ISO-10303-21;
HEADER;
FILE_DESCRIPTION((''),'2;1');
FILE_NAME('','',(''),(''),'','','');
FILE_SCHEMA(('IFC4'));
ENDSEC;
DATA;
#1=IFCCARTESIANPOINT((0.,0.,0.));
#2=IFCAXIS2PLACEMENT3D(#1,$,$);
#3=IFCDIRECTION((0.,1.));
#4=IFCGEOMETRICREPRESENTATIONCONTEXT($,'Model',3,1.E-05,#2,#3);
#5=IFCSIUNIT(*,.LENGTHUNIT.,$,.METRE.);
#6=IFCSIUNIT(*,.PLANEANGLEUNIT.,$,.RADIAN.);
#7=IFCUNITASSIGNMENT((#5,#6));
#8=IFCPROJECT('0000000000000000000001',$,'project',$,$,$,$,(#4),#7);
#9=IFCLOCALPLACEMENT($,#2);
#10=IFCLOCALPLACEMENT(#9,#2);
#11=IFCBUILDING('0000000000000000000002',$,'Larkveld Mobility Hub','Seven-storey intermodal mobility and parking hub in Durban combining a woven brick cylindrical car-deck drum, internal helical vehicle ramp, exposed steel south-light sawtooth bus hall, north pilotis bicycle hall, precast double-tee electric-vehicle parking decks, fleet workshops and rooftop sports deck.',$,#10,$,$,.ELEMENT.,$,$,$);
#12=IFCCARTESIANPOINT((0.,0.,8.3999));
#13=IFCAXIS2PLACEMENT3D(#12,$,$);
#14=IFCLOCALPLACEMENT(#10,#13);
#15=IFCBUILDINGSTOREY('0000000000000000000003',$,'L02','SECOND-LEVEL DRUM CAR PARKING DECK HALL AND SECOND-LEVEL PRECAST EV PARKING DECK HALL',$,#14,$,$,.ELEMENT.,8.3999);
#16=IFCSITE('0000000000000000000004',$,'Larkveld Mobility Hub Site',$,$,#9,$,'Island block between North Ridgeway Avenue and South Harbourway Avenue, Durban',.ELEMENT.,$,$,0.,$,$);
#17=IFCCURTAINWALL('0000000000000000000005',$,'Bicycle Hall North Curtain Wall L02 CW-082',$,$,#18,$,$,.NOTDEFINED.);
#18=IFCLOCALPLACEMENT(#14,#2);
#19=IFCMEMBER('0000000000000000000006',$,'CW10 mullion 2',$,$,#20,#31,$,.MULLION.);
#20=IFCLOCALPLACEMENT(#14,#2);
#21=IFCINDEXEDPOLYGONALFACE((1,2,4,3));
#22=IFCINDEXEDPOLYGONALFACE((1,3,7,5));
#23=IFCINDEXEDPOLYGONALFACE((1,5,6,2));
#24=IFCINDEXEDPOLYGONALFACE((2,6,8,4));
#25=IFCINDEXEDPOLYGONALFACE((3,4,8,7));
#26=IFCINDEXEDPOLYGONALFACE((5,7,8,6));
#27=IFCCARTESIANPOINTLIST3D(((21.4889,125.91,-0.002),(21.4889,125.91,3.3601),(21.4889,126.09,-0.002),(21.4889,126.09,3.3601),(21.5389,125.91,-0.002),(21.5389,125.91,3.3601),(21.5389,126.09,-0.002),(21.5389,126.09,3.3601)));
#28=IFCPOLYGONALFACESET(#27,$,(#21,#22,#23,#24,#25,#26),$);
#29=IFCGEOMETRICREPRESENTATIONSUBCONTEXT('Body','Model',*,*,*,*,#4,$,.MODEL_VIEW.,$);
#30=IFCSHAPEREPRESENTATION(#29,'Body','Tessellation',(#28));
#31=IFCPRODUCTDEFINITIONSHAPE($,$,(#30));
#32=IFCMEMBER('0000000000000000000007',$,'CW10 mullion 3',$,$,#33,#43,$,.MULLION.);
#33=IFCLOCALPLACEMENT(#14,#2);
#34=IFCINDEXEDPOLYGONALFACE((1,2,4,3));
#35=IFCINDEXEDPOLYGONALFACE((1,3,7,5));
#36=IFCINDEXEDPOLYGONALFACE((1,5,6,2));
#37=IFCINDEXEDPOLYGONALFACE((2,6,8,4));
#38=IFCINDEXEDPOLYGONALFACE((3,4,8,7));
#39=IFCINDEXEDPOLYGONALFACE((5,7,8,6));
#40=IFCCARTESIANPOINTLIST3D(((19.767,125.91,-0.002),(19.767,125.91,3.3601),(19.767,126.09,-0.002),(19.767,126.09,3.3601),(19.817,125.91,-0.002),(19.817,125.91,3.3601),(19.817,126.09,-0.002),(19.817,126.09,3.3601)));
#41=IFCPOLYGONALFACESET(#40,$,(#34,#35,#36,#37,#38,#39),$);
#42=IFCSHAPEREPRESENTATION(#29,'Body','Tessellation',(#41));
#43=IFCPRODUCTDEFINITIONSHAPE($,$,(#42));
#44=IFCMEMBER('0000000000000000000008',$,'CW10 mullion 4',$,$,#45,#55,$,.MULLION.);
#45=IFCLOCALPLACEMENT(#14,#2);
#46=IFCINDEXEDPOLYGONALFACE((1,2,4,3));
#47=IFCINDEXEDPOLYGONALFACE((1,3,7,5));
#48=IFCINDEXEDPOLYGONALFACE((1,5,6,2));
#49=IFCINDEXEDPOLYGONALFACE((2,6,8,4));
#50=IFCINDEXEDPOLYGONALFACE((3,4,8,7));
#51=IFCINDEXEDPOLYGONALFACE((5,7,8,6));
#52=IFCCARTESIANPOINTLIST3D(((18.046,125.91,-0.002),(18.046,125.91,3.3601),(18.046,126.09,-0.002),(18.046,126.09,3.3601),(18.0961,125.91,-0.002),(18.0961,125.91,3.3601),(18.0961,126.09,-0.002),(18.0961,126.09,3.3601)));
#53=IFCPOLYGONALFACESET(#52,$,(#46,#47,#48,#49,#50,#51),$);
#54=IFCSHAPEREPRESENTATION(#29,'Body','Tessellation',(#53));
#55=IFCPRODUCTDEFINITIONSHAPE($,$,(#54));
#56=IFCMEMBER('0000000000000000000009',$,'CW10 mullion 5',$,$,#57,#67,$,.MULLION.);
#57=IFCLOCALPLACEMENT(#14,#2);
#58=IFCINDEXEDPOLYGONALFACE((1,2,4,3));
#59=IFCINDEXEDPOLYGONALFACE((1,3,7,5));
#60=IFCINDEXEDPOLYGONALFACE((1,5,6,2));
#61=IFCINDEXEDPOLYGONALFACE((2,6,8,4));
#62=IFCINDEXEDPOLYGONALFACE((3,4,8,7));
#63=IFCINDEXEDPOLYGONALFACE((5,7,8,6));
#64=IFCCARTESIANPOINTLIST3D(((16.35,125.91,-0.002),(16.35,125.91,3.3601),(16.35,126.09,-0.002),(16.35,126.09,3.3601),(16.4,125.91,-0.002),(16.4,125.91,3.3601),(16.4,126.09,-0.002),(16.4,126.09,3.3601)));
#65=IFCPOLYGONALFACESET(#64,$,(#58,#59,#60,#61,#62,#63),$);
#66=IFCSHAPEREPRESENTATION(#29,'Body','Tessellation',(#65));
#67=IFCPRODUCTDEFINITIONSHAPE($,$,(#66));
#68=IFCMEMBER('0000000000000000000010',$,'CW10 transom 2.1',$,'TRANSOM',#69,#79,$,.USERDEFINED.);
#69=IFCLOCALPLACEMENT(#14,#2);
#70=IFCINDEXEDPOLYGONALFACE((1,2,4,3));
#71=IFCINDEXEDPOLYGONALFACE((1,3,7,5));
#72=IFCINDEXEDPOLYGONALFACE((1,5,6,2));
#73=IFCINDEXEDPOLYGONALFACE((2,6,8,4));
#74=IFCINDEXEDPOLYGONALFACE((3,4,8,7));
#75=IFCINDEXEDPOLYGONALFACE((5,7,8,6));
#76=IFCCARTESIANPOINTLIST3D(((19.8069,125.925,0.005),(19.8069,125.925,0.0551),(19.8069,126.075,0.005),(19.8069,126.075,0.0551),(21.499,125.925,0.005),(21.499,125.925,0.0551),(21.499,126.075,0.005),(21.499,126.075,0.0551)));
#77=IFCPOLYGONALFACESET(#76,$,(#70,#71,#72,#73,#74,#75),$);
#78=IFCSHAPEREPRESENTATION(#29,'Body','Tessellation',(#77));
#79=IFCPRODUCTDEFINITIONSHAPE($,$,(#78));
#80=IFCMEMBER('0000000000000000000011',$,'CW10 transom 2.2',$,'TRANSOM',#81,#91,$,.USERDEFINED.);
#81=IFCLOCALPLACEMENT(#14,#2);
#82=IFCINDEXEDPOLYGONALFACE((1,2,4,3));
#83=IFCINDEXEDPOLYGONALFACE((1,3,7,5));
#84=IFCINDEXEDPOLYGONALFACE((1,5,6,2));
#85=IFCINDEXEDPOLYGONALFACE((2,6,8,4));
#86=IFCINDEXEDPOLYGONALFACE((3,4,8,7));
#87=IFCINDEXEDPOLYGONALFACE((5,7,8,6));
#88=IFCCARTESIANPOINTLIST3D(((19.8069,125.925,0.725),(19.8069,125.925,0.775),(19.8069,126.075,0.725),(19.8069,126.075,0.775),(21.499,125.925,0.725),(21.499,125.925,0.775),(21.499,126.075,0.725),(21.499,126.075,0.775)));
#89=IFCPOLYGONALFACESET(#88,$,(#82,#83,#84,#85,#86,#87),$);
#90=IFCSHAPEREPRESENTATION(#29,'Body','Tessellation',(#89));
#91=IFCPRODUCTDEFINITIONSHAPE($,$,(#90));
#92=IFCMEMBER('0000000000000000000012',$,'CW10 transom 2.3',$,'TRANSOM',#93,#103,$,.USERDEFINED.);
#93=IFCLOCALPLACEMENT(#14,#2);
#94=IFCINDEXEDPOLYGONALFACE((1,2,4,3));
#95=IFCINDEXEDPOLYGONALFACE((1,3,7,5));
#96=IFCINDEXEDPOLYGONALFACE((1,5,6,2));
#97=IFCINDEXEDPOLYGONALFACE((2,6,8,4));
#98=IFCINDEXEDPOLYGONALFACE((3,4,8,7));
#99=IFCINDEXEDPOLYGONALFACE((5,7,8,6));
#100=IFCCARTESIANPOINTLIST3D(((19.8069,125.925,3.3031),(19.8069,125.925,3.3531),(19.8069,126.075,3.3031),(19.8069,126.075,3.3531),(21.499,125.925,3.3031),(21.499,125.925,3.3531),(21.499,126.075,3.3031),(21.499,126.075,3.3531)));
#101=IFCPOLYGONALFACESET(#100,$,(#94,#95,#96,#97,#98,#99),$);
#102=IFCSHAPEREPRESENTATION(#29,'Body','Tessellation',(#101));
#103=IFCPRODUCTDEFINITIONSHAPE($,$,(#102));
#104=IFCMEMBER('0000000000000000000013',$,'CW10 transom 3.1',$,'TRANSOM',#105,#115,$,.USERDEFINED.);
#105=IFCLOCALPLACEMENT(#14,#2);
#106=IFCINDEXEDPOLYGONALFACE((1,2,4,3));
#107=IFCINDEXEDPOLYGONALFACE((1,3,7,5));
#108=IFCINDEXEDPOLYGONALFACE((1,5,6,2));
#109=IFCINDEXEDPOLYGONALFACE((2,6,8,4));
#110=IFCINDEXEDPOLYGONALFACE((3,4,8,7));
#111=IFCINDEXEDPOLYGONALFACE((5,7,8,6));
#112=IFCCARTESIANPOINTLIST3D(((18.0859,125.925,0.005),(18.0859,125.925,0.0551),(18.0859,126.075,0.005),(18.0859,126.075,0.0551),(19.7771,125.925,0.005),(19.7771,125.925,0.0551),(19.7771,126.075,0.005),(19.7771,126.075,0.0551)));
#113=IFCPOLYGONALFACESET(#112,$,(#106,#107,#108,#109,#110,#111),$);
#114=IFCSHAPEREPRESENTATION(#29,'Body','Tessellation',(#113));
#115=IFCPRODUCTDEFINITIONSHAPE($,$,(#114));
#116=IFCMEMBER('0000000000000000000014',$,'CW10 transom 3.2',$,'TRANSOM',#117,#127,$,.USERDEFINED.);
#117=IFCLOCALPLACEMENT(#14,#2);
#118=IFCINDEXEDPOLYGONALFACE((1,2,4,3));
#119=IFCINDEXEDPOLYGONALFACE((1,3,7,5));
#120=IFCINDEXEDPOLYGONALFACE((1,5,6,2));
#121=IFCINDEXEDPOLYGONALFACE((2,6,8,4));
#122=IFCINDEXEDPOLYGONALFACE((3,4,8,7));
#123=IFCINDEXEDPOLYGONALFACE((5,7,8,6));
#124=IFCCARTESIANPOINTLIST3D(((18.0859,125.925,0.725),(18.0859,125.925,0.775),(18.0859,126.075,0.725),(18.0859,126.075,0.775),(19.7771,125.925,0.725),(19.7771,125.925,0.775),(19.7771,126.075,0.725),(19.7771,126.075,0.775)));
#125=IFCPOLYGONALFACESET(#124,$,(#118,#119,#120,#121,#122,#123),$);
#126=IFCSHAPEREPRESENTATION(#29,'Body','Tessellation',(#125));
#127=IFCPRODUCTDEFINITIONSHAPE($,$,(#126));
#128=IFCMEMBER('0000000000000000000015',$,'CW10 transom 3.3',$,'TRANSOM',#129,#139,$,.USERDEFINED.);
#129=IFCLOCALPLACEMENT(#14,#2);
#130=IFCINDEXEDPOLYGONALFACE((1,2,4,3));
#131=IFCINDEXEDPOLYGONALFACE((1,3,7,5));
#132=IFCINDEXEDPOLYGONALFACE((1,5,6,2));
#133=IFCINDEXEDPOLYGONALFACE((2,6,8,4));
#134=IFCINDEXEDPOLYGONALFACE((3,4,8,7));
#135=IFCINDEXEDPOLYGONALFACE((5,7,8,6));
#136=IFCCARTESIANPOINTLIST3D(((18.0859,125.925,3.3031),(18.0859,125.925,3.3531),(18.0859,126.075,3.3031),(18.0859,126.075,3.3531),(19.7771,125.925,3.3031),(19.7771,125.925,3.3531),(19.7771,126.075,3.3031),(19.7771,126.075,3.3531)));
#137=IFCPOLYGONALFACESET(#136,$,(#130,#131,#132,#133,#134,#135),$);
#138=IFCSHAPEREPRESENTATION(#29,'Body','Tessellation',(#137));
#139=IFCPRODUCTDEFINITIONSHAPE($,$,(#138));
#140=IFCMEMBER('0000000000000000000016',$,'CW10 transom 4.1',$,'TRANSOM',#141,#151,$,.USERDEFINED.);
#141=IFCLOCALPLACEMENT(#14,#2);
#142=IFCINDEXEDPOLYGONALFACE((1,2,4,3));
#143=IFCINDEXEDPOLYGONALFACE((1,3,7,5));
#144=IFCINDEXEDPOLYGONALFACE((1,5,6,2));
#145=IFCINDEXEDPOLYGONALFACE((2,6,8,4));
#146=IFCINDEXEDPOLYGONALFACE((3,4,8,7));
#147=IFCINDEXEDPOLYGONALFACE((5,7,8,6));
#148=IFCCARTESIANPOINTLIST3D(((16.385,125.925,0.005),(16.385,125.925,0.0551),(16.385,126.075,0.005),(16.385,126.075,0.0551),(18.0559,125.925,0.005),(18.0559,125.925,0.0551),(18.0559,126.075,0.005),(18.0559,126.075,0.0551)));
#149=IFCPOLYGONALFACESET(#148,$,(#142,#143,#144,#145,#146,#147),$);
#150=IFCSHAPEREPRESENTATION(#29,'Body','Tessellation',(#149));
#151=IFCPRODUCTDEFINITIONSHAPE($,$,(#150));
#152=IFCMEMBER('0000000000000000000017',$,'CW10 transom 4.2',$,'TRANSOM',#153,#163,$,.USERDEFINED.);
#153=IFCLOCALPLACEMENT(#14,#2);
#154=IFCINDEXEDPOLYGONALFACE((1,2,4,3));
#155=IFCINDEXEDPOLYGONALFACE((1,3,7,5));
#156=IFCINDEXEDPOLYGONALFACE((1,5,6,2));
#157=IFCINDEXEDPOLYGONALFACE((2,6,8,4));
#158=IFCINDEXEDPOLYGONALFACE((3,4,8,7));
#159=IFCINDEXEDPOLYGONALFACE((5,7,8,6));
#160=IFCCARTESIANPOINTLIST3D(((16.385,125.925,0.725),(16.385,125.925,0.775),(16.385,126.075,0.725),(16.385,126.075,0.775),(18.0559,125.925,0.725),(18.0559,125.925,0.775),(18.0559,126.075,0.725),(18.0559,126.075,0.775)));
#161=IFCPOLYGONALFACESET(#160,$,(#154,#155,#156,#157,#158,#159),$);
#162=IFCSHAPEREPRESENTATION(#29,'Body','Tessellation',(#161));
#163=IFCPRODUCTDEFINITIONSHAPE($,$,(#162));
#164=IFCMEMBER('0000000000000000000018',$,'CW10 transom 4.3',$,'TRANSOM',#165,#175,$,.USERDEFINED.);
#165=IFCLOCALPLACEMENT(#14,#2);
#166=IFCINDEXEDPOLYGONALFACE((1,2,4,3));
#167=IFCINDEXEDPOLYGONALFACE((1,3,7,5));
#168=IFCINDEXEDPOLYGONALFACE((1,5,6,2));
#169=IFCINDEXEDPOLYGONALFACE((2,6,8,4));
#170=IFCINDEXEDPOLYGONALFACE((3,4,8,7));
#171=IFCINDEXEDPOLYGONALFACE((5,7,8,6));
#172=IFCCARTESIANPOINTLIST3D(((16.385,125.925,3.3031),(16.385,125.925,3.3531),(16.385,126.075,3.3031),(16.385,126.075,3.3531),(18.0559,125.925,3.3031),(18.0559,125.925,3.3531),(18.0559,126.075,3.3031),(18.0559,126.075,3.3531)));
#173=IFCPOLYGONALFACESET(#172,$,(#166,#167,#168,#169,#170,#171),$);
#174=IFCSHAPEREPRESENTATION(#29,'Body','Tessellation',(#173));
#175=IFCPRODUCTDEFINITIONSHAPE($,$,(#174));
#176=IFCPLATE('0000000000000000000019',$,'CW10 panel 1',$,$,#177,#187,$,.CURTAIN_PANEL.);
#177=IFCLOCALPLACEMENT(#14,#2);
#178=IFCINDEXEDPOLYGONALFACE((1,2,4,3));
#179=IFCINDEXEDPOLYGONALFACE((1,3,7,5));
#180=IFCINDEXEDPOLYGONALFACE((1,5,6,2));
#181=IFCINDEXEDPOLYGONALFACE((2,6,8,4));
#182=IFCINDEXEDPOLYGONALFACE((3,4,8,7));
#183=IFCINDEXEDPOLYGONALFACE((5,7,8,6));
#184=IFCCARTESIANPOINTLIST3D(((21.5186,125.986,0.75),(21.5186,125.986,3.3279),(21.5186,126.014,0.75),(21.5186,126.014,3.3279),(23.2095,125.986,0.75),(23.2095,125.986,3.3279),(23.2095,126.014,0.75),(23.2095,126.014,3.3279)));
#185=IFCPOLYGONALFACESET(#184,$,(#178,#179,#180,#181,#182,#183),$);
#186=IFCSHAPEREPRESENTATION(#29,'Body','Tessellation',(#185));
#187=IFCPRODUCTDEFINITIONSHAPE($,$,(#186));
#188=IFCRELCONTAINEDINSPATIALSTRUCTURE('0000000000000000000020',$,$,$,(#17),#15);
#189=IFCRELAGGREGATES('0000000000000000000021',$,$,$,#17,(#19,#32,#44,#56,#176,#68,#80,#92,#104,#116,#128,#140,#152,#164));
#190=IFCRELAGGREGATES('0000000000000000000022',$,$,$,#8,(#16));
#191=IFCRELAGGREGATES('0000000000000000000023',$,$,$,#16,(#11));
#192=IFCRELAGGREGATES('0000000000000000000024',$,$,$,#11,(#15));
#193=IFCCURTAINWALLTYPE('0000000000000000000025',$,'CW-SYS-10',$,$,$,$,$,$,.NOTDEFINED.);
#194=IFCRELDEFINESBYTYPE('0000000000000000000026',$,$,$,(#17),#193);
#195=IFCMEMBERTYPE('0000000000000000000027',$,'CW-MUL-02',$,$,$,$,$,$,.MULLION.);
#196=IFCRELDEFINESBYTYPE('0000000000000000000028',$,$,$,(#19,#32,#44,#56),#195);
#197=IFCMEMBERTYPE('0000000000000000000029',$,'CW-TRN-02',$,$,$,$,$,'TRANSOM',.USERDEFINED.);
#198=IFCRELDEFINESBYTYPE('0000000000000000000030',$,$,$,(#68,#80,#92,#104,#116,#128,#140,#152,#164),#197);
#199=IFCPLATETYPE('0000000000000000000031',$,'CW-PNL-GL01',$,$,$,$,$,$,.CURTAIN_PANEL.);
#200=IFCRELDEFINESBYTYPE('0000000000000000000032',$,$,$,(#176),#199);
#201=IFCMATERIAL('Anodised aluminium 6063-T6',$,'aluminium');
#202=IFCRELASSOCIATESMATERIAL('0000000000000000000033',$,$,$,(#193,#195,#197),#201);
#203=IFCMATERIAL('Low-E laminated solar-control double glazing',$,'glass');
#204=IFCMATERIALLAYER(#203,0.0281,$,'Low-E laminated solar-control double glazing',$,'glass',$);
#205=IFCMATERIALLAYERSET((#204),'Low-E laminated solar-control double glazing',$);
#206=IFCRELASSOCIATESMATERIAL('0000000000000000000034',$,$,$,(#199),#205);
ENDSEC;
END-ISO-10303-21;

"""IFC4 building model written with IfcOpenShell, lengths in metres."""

from ifc_helpers import new_model, si_unit, direction, frame, origin, origin_2d, place, context, subcontext, project, spatial, rectangle, extrude, material, layer, layer_set, material_profile, profile_set, type_object, element, aggregate, save


model = new_model("IFC4")

# Units and contexts
model_context = context("Model", 3, precision=1e-05, world=origin(), true_north=direction((0.0, 1.0)))
body_context = subcontext(model_context, "Body", "Model", "MODEL_VIEW")
ifc_project = project(units=[si_unit("LENGTHUNIT", "METRE"), si_unit("PLANEANGLEUNIT", "RADIAN")], contexts=[model_context])

# Site, building, storey
site_placement = place(None, origin())
site = spatial("IfcSite", under=ifc_project, at=site_placement, Name="Larkveld Mobility Hub Site", LongName="Island block between North Ridgeway Avenue and South Harbourway Avenue, Durban", CompositionType="ELEMENT", RefElevation=0.0)
building_placement = place(site_placement, origin())
building = spatial("IfcBuilding", under=site, at=building_placement, Name="Larkveld Mobility Hub", Description="Seven-storey intermodal mobility and parking hub in Durban combining a woven brick cylindrical car-deck drum, internal helical vehicle ramp, exposed steel south-light sawtooth bus hall, north pilotis bicycle hall, precast double-tee electric-vehicle parking decks, fleet workshops and rooftop sports deck.", CompositionType="ELEMENT")
storey_placement = place(building_placement, frame((0.0, 0.0, 8.3999)))
storey = spatial("IfcBuildingStorey", under=building, at=storey_placement, Name="L02", Description="SECOND-LEVEL DRUM CAR PARKING DECK HALL AND SECOND-LEVEL PRECAST EV PARKING DECK HALL", CompositionType="ELEMENT", Elevation=8.3999)

# Curtain wall, members, plate
ifc_material_1 = material(Name="Anodised aluminium 6063-T6", Category="aluminium")
curtain_wall_type = type_object("IfcCurtainWallType", Name="CW-SYS-10", PredefinedType="NOTDEFINED", material=ifc_material_1)
curtain_wall_placement = place(storey_placement, origin())
curtain_wall = element("IfcCurtainWall", 1, at=curtain_wall_placement, inside=storey, type_object=curtain_wall_type, Name="Bicycle Hall North Curtain Wall L02 CW-082", PredefinedType="NOTDEFINED")
ifc_material_profile_1 = material_profile(ifc_material_1, rectangle(XDim=0.05, YDim=0.1799, at=origin_2d()), Name="ALU MULL 50x180")
ifc_profile_set_1 = profile_set([ifc_material_profile_1], Name="Anodised aluminium 6063-T6")
member_type_1 = type_object("IfcMemberType", Name="CW-MUL-02", PredefinedType="MULLION", material=ifc_profile_set_1)
member_1_placement = place(storey_placement, frame((21.5139, 126.0, -0.002), z_axis=(0.0, 0.0, 1.0), x_axis=(-1.0, 0.0, 0.0)))
member_1 = element("IfcMember", 2, at=member_1_placement, type_object=member_type_1, Name="CW10 mullion 2", PredefinedType="MULLION", context=body_context, shape_type="SweptSolid", body=[
    extrude(rectangle(XDim=0.05, YDim=0.1799, at=origin_2d()), origin(), (0.0, 0.0, 1.0), 3.3621),
])
member_2_placement = place(storey_placement, frame((19.792, 126.0, -0.002), z_axis=(0.0, 0.0, 1.0), x_axis=(-1.0, 0.0, 0.0)))
member_2 = element("IfcMember", 3, at=member_2_placement, type_object=member_type_1, Name="CW10 mullion 3", PredefinedType="MULLION", context=body_context, shape_type="SweptSolid", body=[
    extrude(rectangle(XDim=0.05, YDim=0.1799, at=origin_2d()), origin(), (0.0, 0.0, 1.0), 3.3621),
])
member_3_placement = place(storey_placement, frame((18.071, 126.0, -0.002), z_axis=(0.0, 0.0, 1.0), x_axis=(-1.0, 0.0, 0.0)))
member_3 = element("IfcMember", 4, at=member_3_placement, type_object=member_type_1, Name="CW10 mullion 4", PredefinedType="MULLION", context=body_context, shape_type="SweptSolid", body=[
    extrude(rectangle(XDim=0.05, YDim=0.1799, at=origin_2d()), origin(), (0.0, 0.0, 1.0), 3.3621),
])
member_4_placement = place(storey_placement, frame((16.375, 126.0, -0.002), z_axis=(0.0, 0.0, 1.0), x_axis=(-1.0, 0.0, 0.0)))
member_4 = element("IfcMember", 5, at=member_4_placement, type_object=member_type_1, Name="CW10 mullion 5", PredefinedType="MULLION", context=body_context, shape_type="SweptSolid", body=[
    extrude(rectangle(XDim=0.05, YDim=0.1799, at=origin_2d()), origin(), (0.0, 0.0, 1.0), 3.3621),
])
ifc_material_profile_2 = material_profile(ifc_material_1, rectangle(XDim=0.1499, YDim=0.05, at=origin_2d()), Name="ALU TRAN 50x150")
ifc_profile_set_2 = profile_set([ifc_material_profile_2], Name="Anodised aluminium 6063-T6")
member_type_2 = type_object("IfcMemberType", Name="CW-TRN-02", ElementType="TRANSOM", PredefinedType="USERDEFINED", material=ifc_profile_set_2)
member_5_placement = place(storey_placement, frame((21.499, 126.0, 0.03), z_axis=(-1.0, 0.0, 0.0), x_axis=(0.0, -1.0, 0.0)))
member_5 = element("IfcMember", 6, at=member_5_placement, type_object=member_type_2, Name="CW10 transom 2.1", ObjectType="TRANSOM", PredefinedType="USERDEFINED", context=body_context, shape_type="SweptSolid", body=[
    extrude(rectangle(XDim=0.1499, YDim=0.05, at=origin_2d()), origin(), (0.0, 0.0, 1.0), 1.6921),
])
member_6_placement = place(storey_placement, frame((21.499, 126.0, 0.75), z_axis=(-1.0, 0.0, 0.0), x_axis=(0.0, -1.0, 0.0)))
member_6 = element("IfcMember", 7, at=member_6_placement, type_object=member_type_2, Name="CW10 transom 2.2", ObjectType="TRANSOM", PredefinedType="USERDEFINED", context=body_context, shape_type="SweptSolid", body=[
    extrude(rectangle(XDim=0.1499, YDim=0.05, at=origin_2d()), origin(), (0.0, 0.0, 1.0), 1.6921),
])
member_7_placement = place(storey_placement, frame((21.499, 126.0, 3.3281), z_axis=(-1.0, 0.0, 0.0), x_axis=(0.0, -1.0, 0.0)))
member_7 = element("IfcMember", 8, at=member_7_placement, type_object=member_type_2, Name="CW10 transom 2.3", ObjectType="TRANSOM", PredefinedType="USERDEFINED", context=body_context, shape_type="SweptSolid", body=[
    extrude(rectangle(XDim=0.1499, YDim=0.05, at=origin_2d()), origin(), (0.0, 0.0, 1.0), 1.6921),
])
member_8_placement = place(storey_placement, frame((19.7771, 126.0, 0.03), z_axis=(-1.0, 0.0, 0.0), x_axis=(0.0, -1.0, 0.0)))
member_8 = element("IfcMember", 9, at=member_8_placement, type_object=member_type_2, Name="CW10 transom 3.1", ObjectType="TRANSOM", PredefinedType="USERDEFINED", context=body_context, shape_type="SweptSolid", body=[
    extrude(rectangle(XDim=0.1499, YDim=0.05, at=origin_2d()), origin(), (0.0, 0.0, 1.0), 1.6912),
])
member_9_placement = place(storey_placement, frame((19.7771, 126.0, 0.75), z_axis=(-1.0, 0.0, 0.0), x_axis=(0.0, -1.0, 0.0)))
member_9 = element("IfcMember", 10, at=member_9_placement, type_object=member_type_2, Name="CW10 transom 3.2", ObjectType="TRANSOM", PredefinedType="USERDEFINED", context=body_context, shape_type="SweptSolid", body=[
    extrude(rectangle(XDim=0.1499, YDim=0.05, at=origin_2d()), origin(), (0.0, 0.0, 1.0), 1.6912),
])
member_10_placement = place(storey_placement, frame((19.7771, 126.0, 3.3281), z_axis=(-1.0, 0.0, 0.0), x_axis=(0.0, -1.0, 0.0)))
member_10 = element("IfcMember", 11, at=member_10_placement, type_object=member_type_2, Name="CW10 transom 3.3", ObjectType="TRANSOM", PredefinedType="USERDEFINED", context=body_context, shape_type="SweptSolid", body=[
    extrude(rectangle(XDim=0.1499, YDim=0.05, at=origin_2d()), origin(), (0.0, 0.0, 1.0), 1.6912),
])
member_11_placement = place(storey_placement, frame((18.0559, 126.0, 0.03), z_axis=(-1.0, 0.0, 0.0), x_axis=(0.0, -1.0, 0.0)))
member_11 = element("IfcMember", 12, at=member_11_placement, type_object=member_type_2, Name="CW10 transom 4.1", ObjectType="TRANSOM", PredefinedType="USERDEFINED", context=body_context, shape_type="SweptSolid", body=[
    extrude(rectangle(XDim=0.1499, YDim=0.05, at=origin_2d()), origin(), (0.0, 0.0, 1.0), 1.6709),
])
member_12_placement = place(storey_placement, frame((18.0559, 126.0, 0.75), z_axis=(-1.0, 0.0, 0.0), x_axis=(0.0, -1.0, 0.0)))
member_12 = element("IfcMember", 13, at=member_12_placement, type_object=member_type_2, Name="CW10 transom 4.2", ObjectType="TRANSOM", PredefinedType="USERDEFINED", context=body_context, shape_type="SweptSolid", body=[
    extrude(rectangle(XDim=0.1499, YDim=0.05, at=origin_2d()), origin(), (0.0, 0.0, 1.0), 1.6709),
])
member_13_placement = place(storey_placement, frame((18.0559, 126.0, 3.3281), z_axis=(-1.0, 0.0, 0.0), x_axis=(0.0, -1.0, 0.0)))
member_13 = element("IfcMember", 14, at=member_13_placement, type_object=member_type_2, Name="CW10 transom 4.3", ObjectType="TRANSOM", PredefinedType="USERDEFINED", context=body_context, shape_type="SweptSolid", body=[
    extrude(rectangle(XDim=0.1499, YDim=0.05, at=origin_2d()), origin(), (0.0, 0.0, 1.0), 1.6709),
])
ifc_material_2 = material(Name="Low-E laminated solar-control double glazing", Category="glass")
ifc_layer_1 = layer(ifc_material_2, 0.0281, Name="Low-E laminated solar-control double glazing", Category="glass")
ifc_layer_set_1 = layer_set([ifc_layer_1], Name="Low-E laminated solar-control double glazing")
plate_type_1 = type_object("IfcPlateType", Name="CW-PNL-GL01", PredefinedType="CURTAIN_PANEL", material=ifc_layer_set_1)
plate_1_placement = place(storey_placement, frame((22.364, 126.0, 0.75), z_axis=(0.0, 0.0, 1.0), x_axis=(-1.0, 0.0, 0.0)))
plate_1 = element("IfcPlate", 15, at=plate_1_placement, type_object=plate_type_1, Name="CW10 panel 1", PredefinedType="CURTAIN_PANEL", context=body_context, shape_type="SweptSolid", body=[
    extrude(rectangle(XDim=1.6909, YDim=0.0281, at=origin_2d()), origin(), (0.0, 0.0, 1.0), 2.5779),
])
aggregate(curtain_wall, [member_1, member_2, member_3, member_4, plate_1, member_5, member_6, member_7, member_8, member_9, member_10, member_11, member_12, member_13])

save(model, "model.ifc")
